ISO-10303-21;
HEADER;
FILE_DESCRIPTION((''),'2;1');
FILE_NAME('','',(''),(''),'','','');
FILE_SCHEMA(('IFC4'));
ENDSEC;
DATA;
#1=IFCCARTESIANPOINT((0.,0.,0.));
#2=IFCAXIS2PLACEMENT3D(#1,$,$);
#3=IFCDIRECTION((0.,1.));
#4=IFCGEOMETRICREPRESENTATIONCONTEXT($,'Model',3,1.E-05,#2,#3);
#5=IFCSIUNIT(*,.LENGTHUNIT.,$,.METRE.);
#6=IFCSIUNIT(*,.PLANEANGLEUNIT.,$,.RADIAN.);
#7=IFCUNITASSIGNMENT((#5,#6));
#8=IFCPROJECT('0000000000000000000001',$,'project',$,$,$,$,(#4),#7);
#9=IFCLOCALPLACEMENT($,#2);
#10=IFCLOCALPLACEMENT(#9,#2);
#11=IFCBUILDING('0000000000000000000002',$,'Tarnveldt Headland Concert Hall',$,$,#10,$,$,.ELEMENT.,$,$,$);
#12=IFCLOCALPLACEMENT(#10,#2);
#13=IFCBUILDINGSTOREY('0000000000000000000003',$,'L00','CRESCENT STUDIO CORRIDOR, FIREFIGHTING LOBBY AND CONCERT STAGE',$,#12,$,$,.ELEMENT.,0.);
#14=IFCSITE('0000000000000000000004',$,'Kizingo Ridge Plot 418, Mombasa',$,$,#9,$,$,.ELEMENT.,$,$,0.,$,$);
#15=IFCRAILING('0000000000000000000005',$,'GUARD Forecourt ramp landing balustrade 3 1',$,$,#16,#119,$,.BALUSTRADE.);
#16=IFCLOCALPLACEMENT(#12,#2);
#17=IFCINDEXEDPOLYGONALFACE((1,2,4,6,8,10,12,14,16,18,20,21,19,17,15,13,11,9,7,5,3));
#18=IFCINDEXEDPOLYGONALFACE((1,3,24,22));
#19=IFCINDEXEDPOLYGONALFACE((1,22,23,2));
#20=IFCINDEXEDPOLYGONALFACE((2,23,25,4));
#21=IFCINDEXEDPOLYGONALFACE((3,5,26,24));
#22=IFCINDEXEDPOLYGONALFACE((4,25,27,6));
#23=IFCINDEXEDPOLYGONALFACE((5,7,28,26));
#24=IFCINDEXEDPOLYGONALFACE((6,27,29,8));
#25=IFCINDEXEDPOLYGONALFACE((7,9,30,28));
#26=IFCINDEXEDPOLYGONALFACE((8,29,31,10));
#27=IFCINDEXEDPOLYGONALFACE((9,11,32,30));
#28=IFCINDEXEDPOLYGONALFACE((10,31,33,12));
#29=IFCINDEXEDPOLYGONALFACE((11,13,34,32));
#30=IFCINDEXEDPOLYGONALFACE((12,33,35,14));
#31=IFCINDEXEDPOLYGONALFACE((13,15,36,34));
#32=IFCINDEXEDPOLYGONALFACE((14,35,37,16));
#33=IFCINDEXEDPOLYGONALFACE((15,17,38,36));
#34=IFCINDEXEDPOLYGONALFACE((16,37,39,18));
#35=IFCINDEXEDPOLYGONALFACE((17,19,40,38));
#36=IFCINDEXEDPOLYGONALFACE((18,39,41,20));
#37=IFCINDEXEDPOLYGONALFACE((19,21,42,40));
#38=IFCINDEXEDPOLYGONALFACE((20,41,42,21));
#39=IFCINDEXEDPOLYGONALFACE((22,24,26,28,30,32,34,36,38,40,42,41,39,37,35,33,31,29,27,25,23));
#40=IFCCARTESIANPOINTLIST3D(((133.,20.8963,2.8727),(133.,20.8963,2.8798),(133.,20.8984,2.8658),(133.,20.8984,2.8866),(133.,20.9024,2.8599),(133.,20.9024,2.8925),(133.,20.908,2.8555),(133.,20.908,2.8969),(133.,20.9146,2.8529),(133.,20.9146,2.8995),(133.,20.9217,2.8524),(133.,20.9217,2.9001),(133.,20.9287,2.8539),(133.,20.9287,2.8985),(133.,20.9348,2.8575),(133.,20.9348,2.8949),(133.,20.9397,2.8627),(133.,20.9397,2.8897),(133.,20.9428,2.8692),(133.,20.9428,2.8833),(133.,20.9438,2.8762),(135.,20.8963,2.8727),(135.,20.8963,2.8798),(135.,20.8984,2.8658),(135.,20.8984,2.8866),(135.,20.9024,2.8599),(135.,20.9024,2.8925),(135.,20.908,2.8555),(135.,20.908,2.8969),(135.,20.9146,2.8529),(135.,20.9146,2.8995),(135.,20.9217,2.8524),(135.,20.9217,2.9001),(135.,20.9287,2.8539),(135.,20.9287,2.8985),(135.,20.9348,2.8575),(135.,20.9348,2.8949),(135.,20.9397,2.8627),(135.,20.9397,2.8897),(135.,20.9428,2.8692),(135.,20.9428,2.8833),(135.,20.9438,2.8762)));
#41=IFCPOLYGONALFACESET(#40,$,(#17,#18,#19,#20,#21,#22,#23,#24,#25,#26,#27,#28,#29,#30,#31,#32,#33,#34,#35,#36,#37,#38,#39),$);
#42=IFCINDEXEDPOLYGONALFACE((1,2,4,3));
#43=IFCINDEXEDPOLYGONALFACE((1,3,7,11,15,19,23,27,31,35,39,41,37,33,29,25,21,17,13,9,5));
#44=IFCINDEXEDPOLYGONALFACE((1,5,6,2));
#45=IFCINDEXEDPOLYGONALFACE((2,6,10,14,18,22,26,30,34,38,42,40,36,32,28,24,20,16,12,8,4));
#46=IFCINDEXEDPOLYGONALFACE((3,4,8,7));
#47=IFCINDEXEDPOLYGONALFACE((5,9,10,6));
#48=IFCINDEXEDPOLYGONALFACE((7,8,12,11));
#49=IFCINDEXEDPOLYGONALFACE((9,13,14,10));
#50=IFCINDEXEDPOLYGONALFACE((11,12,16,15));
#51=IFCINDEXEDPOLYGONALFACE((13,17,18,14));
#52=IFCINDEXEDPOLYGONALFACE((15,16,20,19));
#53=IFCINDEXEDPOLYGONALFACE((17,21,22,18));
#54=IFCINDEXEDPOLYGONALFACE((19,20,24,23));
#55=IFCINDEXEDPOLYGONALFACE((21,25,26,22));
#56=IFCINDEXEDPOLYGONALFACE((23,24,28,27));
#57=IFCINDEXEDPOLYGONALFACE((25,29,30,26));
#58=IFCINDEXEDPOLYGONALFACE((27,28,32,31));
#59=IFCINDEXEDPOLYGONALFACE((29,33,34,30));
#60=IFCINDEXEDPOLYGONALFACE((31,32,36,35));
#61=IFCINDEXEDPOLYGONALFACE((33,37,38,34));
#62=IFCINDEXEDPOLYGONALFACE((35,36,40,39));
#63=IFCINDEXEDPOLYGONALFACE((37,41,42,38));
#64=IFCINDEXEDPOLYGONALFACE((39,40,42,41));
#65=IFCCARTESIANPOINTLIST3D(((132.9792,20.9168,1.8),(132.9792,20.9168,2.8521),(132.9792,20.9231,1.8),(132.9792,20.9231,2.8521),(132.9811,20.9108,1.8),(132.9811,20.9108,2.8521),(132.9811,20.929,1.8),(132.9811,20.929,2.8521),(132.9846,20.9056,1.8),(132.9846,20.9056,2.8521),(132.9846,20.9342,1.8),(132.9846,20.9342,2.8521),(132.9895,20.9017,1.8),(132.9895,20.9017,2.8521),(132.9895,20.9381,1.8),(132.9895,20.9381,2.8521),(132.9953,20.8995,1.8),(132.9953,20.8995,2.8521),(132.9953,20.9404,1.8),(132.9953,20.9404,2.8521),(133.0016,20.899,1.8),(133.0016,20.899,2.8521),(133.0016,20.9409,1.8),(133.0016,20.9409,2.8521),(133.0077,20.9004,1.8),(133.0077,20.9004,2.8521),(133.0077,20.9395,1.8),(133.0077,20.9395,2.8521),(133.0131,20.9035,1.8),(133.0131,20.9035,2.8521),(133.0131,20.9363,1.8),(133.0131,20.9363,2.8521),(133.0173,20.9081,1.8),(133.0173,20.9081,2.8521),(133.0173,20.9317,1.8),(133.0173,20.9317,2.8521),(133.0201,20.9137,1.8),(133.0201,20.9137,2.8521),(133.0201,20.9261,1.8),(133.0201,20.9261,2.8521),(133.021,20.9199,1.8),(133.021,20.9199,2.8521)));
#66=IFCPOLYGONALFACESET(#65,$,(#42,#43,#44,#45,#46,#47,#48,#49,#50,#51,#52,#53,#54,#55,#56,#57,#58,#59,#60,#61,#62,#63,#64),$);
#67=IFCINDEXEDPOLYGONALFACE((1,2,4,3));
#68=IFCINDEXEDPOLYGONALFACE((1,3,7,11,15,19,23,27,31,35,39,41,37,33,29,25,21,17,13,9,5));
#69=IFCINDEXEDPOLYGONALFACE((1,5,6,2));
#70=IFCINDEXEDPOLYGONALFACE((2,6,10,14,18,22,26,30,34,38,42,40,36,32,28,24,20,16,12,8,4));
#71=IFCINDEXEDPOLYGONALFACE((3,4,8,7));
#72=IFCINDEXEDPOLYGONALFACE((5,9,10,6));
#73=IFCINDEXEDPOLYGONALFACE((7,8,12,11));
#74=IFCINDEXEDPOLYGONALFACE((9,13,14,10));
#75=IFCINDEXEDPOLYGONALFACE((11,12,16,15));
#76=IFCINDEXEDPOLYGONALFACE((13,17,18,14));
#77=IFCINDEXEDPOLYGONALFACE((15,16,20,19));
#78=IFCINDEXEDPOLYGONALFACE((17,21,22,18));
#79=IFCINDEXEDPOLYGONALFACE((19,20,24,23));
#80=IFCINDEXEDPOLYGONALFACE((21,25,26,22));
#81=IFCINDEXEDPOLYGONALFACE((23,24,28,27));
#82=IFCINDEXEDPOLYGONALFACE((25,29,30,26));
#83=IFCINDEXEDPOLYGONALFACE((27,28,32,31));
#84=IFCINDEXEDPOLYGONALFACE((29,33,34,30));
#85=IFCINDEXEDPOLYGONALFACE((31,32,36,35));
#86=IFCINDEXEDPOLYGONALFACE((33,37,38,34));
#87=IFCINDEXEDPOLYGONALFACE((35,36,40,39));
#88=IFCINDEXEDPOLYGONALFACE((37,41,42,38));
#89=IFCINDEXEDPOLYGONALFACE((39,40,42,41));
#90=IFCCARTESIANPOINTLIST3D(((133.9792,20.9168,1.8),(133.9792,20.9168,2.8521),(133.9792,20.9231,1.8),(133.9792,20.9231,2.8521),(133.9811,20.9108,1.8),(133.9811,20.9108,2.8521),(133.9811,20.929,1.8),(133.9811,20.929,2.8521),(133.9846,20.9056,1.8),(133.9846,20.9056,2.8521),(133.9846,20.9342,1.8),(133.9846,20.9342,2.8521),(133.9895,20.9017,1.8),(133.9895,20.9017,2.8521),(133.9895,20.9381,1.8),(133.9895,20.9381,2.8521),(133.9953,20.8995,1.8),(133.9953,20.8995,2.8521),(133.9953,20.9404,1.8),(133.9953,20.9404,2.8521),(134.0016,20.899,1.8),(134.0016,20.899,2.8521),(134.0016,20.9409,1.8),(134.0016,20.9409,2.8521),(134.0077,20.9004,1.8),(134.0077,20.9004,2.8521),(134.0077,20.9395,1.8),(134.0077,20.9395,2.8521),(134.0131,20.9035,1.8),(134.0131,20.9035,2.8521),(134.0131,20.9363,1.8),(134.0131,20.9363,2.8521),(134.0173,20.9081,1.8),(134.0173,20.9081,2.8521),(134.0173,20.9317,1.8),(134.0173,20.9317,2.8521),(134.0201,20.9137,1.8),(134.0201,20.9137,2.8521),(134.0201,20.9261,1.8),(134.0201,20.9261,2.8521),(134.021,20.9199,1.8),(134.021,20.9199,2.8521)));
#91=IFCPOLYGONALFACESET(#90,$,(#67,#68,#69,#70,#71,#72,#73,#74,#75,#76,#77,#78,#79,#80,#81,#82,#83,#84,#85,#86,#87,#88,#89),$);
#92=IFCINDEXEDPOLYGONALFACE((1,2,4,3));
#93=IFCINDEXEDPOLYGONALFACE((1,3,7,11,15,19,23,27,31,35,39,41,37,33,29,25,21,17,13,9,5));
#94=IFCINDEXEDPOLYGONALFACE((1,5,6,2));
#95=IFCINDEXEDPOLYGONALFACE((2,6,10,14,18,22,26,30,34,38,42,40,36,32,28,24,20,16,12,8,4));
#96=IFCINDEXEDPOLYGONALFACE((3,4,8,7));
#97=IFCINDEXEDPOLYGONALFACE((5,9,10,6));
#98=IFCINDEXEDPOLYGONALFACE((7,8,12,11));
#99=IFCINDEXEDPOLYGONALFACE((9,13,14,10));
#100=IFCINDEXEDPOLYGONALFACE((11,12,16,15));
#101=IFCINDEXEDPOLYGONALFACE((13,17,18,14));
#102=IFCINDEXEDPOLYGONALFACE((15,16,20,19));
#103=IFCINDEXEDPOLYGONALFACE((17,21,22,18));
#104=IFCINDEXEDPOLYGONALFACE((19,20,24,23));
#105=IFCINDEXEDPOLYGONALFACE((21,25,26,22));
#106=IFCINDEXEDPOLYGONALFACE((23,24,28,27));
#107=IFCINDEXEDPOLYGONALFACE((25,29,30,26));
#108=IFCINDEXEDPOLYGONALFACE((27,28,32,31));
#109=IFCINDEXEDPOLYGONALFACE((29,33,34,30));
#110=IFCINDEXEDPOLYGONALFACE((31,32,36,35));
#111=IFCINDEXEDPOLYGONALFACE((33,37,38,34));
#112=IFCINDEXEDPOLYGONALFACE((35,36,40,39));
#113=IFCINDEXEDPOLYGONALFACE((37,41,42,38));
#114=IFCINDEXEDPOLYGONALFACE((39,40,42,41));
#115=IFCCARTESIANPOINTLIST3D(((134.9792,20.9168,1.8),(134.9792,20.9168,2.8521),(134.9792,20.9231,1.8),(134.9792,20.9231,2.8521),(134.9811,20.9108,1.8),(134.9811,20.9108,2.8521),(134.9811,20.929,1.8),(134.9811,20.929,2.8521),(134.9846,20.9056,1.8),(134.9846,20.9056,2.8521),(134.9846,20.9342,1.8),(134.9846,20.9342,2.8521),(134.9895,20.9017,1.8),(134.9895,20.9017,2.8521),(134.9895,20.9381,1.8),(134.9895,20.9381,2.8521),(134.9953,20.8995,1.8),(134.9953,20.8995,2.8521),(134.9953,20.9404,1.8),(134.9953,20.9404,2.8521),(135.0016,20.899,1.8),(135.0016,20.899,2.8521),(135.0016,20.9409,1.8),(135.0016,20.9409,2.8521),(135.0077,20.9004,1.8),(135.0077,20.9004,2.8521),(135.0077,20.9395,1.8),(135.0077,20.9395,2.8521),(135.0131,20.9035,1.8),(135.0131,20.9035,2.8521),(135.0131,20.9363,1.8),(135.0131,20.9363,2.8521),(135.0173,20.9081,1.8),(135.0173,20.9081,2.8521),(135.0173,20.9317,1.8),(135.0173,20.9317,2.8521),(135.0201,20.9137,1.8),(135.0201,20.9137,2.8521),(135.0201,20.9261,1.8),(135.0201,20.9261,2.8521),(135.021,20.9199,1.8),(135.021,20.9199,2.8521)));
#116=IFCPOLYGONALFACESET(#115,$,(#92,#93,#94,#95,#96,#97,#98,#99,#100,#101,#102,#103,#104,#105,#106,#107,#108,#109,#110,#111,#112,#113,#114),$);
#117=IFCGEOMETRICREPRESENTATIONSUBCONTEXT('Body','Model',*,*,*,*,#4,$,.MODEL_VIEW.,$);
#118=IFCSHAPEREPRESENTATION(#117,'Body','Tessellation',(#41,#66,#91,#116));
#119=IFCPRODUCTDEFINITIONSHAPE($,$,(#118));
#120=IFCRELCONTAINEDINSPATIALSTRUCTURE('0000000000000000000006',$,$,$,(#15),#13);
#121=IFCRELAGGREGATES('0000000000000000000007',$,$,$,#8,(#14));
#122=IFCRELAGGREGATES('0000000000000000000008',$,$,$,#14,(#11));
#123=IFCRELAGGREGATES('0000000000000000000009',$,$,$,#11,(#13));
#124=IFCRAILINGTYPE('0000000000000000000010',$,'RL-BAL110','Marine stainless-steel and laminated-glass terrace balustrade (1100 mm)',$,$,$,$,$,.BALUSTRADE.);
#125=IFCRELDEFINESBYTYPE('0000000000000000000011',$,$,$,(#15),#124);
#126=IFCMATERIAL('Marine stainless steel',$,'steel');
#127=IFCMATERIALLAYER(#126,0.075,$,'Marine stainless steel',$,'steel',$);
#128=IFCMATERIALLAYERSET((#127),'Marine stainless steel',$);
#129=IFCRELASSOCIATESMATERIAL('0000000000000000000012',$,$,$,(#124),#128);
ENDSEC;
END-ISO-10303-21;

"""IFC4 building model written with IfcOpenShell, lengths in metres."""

from ifc_helpers import new_model, si_unit, direction, frame, origin, origin_2d, place, context, subcontext, project, spatial, circle, extrude, material, layer, layer_set, type_object, element, save


model = new_model("IFC4")

# Units and contexts
model_context = context("Model", 3, precision=1e-05, world=origin(), true_north=direction((0.0, 1.0)))
body_context = subcontext(model_context, "Body", "Model", "MODEL_VIEW")
ifc_project = project(units=[si_unit("LENGTHUNIT", "METRE"), si_unit("PLANEANGLEUNIT", "RADIAN")], contexts=[model_context])

# Site, building, storey
site_placement = place(None, origin())
site = spatial("IfcSite", under=ifc_project, at=site_placement, Name="Kizingo Ridge Plot 418, Mombasa", CompositionType="ELEMENT", RefElevation=0.0)
building_placement = place(site_placement, origin())
building = spatial("IfcBuilding", under=site, at=building_placement, Name="Tarnveldt Headland Concert Hall", CompositionType="ELEMENT")
storey_placement = place(building_placement, origin())
storey = spatial("IfcBuildingStorey", under=building, at=storey_placement, Name="L00", Description="CRESCENT STUDIO CORRIDOR, FIREFIGHTING LOBBY AND CONCERT STAGE", CompositionType="ELEMENT", Elevation=0.0)

# Railing
ifc_material_1 = material(Name="Marine stainless steel", Category="steel")
ifc_layer_1 = layer(ifc_material_1, 0.075, Name="Marine stainless steel", Category="steel")
ifc_layer_set_1 = layer_set([ifc_layer_1], Name="Marine stainless steel")
railing_type = type_object("IfcRailingType", Name="RL-BAL110", Description="Marine stainless-steel and laminated-glass terrace balustrade (1100 mm)", PredefinedType="BALUSTRADE", material=ifc_layer_set_1)
railing_1_placement = place(storey_placement, frame((133.0, 20.9199, 1.8)))
element("IfcRailing", 1, at=railing_1_placement, inside=storey, type_object=railing_type, Name="GUARD Forecourt ramp landing balustrade 3 1", PredefinedType="BALUSTRADE", context=body_context, shape_type="SweptSolid", body=[
    extrude(circle(Radius=0.0239, at=origin_2d()), frame((0.0, 0.0, 1.0762), z_axis=(1.0, 0.0, 0.0), x_axis=(0.0, 1.0, 0.0)), (0.0, 0.0, 1.0), 2.0),
    extrude(circle(Radius=0.021, at=origin_2d()), origin(), (0.0, 0.0, 1.0), 1.052),
    extrude(circle(Radius=0.021, at=origin_2d()), frame((1.0, 0.0, 0.0)), (0.0, 0.0, 1.0), 1.052),
    extrude(circle(Radius=0.021, at=origin_2d()), frame((2.0, 0.0, 0.0)), (0.0, 0.0, 1.0), 1.052),
])

save(model, "model.ifc")
